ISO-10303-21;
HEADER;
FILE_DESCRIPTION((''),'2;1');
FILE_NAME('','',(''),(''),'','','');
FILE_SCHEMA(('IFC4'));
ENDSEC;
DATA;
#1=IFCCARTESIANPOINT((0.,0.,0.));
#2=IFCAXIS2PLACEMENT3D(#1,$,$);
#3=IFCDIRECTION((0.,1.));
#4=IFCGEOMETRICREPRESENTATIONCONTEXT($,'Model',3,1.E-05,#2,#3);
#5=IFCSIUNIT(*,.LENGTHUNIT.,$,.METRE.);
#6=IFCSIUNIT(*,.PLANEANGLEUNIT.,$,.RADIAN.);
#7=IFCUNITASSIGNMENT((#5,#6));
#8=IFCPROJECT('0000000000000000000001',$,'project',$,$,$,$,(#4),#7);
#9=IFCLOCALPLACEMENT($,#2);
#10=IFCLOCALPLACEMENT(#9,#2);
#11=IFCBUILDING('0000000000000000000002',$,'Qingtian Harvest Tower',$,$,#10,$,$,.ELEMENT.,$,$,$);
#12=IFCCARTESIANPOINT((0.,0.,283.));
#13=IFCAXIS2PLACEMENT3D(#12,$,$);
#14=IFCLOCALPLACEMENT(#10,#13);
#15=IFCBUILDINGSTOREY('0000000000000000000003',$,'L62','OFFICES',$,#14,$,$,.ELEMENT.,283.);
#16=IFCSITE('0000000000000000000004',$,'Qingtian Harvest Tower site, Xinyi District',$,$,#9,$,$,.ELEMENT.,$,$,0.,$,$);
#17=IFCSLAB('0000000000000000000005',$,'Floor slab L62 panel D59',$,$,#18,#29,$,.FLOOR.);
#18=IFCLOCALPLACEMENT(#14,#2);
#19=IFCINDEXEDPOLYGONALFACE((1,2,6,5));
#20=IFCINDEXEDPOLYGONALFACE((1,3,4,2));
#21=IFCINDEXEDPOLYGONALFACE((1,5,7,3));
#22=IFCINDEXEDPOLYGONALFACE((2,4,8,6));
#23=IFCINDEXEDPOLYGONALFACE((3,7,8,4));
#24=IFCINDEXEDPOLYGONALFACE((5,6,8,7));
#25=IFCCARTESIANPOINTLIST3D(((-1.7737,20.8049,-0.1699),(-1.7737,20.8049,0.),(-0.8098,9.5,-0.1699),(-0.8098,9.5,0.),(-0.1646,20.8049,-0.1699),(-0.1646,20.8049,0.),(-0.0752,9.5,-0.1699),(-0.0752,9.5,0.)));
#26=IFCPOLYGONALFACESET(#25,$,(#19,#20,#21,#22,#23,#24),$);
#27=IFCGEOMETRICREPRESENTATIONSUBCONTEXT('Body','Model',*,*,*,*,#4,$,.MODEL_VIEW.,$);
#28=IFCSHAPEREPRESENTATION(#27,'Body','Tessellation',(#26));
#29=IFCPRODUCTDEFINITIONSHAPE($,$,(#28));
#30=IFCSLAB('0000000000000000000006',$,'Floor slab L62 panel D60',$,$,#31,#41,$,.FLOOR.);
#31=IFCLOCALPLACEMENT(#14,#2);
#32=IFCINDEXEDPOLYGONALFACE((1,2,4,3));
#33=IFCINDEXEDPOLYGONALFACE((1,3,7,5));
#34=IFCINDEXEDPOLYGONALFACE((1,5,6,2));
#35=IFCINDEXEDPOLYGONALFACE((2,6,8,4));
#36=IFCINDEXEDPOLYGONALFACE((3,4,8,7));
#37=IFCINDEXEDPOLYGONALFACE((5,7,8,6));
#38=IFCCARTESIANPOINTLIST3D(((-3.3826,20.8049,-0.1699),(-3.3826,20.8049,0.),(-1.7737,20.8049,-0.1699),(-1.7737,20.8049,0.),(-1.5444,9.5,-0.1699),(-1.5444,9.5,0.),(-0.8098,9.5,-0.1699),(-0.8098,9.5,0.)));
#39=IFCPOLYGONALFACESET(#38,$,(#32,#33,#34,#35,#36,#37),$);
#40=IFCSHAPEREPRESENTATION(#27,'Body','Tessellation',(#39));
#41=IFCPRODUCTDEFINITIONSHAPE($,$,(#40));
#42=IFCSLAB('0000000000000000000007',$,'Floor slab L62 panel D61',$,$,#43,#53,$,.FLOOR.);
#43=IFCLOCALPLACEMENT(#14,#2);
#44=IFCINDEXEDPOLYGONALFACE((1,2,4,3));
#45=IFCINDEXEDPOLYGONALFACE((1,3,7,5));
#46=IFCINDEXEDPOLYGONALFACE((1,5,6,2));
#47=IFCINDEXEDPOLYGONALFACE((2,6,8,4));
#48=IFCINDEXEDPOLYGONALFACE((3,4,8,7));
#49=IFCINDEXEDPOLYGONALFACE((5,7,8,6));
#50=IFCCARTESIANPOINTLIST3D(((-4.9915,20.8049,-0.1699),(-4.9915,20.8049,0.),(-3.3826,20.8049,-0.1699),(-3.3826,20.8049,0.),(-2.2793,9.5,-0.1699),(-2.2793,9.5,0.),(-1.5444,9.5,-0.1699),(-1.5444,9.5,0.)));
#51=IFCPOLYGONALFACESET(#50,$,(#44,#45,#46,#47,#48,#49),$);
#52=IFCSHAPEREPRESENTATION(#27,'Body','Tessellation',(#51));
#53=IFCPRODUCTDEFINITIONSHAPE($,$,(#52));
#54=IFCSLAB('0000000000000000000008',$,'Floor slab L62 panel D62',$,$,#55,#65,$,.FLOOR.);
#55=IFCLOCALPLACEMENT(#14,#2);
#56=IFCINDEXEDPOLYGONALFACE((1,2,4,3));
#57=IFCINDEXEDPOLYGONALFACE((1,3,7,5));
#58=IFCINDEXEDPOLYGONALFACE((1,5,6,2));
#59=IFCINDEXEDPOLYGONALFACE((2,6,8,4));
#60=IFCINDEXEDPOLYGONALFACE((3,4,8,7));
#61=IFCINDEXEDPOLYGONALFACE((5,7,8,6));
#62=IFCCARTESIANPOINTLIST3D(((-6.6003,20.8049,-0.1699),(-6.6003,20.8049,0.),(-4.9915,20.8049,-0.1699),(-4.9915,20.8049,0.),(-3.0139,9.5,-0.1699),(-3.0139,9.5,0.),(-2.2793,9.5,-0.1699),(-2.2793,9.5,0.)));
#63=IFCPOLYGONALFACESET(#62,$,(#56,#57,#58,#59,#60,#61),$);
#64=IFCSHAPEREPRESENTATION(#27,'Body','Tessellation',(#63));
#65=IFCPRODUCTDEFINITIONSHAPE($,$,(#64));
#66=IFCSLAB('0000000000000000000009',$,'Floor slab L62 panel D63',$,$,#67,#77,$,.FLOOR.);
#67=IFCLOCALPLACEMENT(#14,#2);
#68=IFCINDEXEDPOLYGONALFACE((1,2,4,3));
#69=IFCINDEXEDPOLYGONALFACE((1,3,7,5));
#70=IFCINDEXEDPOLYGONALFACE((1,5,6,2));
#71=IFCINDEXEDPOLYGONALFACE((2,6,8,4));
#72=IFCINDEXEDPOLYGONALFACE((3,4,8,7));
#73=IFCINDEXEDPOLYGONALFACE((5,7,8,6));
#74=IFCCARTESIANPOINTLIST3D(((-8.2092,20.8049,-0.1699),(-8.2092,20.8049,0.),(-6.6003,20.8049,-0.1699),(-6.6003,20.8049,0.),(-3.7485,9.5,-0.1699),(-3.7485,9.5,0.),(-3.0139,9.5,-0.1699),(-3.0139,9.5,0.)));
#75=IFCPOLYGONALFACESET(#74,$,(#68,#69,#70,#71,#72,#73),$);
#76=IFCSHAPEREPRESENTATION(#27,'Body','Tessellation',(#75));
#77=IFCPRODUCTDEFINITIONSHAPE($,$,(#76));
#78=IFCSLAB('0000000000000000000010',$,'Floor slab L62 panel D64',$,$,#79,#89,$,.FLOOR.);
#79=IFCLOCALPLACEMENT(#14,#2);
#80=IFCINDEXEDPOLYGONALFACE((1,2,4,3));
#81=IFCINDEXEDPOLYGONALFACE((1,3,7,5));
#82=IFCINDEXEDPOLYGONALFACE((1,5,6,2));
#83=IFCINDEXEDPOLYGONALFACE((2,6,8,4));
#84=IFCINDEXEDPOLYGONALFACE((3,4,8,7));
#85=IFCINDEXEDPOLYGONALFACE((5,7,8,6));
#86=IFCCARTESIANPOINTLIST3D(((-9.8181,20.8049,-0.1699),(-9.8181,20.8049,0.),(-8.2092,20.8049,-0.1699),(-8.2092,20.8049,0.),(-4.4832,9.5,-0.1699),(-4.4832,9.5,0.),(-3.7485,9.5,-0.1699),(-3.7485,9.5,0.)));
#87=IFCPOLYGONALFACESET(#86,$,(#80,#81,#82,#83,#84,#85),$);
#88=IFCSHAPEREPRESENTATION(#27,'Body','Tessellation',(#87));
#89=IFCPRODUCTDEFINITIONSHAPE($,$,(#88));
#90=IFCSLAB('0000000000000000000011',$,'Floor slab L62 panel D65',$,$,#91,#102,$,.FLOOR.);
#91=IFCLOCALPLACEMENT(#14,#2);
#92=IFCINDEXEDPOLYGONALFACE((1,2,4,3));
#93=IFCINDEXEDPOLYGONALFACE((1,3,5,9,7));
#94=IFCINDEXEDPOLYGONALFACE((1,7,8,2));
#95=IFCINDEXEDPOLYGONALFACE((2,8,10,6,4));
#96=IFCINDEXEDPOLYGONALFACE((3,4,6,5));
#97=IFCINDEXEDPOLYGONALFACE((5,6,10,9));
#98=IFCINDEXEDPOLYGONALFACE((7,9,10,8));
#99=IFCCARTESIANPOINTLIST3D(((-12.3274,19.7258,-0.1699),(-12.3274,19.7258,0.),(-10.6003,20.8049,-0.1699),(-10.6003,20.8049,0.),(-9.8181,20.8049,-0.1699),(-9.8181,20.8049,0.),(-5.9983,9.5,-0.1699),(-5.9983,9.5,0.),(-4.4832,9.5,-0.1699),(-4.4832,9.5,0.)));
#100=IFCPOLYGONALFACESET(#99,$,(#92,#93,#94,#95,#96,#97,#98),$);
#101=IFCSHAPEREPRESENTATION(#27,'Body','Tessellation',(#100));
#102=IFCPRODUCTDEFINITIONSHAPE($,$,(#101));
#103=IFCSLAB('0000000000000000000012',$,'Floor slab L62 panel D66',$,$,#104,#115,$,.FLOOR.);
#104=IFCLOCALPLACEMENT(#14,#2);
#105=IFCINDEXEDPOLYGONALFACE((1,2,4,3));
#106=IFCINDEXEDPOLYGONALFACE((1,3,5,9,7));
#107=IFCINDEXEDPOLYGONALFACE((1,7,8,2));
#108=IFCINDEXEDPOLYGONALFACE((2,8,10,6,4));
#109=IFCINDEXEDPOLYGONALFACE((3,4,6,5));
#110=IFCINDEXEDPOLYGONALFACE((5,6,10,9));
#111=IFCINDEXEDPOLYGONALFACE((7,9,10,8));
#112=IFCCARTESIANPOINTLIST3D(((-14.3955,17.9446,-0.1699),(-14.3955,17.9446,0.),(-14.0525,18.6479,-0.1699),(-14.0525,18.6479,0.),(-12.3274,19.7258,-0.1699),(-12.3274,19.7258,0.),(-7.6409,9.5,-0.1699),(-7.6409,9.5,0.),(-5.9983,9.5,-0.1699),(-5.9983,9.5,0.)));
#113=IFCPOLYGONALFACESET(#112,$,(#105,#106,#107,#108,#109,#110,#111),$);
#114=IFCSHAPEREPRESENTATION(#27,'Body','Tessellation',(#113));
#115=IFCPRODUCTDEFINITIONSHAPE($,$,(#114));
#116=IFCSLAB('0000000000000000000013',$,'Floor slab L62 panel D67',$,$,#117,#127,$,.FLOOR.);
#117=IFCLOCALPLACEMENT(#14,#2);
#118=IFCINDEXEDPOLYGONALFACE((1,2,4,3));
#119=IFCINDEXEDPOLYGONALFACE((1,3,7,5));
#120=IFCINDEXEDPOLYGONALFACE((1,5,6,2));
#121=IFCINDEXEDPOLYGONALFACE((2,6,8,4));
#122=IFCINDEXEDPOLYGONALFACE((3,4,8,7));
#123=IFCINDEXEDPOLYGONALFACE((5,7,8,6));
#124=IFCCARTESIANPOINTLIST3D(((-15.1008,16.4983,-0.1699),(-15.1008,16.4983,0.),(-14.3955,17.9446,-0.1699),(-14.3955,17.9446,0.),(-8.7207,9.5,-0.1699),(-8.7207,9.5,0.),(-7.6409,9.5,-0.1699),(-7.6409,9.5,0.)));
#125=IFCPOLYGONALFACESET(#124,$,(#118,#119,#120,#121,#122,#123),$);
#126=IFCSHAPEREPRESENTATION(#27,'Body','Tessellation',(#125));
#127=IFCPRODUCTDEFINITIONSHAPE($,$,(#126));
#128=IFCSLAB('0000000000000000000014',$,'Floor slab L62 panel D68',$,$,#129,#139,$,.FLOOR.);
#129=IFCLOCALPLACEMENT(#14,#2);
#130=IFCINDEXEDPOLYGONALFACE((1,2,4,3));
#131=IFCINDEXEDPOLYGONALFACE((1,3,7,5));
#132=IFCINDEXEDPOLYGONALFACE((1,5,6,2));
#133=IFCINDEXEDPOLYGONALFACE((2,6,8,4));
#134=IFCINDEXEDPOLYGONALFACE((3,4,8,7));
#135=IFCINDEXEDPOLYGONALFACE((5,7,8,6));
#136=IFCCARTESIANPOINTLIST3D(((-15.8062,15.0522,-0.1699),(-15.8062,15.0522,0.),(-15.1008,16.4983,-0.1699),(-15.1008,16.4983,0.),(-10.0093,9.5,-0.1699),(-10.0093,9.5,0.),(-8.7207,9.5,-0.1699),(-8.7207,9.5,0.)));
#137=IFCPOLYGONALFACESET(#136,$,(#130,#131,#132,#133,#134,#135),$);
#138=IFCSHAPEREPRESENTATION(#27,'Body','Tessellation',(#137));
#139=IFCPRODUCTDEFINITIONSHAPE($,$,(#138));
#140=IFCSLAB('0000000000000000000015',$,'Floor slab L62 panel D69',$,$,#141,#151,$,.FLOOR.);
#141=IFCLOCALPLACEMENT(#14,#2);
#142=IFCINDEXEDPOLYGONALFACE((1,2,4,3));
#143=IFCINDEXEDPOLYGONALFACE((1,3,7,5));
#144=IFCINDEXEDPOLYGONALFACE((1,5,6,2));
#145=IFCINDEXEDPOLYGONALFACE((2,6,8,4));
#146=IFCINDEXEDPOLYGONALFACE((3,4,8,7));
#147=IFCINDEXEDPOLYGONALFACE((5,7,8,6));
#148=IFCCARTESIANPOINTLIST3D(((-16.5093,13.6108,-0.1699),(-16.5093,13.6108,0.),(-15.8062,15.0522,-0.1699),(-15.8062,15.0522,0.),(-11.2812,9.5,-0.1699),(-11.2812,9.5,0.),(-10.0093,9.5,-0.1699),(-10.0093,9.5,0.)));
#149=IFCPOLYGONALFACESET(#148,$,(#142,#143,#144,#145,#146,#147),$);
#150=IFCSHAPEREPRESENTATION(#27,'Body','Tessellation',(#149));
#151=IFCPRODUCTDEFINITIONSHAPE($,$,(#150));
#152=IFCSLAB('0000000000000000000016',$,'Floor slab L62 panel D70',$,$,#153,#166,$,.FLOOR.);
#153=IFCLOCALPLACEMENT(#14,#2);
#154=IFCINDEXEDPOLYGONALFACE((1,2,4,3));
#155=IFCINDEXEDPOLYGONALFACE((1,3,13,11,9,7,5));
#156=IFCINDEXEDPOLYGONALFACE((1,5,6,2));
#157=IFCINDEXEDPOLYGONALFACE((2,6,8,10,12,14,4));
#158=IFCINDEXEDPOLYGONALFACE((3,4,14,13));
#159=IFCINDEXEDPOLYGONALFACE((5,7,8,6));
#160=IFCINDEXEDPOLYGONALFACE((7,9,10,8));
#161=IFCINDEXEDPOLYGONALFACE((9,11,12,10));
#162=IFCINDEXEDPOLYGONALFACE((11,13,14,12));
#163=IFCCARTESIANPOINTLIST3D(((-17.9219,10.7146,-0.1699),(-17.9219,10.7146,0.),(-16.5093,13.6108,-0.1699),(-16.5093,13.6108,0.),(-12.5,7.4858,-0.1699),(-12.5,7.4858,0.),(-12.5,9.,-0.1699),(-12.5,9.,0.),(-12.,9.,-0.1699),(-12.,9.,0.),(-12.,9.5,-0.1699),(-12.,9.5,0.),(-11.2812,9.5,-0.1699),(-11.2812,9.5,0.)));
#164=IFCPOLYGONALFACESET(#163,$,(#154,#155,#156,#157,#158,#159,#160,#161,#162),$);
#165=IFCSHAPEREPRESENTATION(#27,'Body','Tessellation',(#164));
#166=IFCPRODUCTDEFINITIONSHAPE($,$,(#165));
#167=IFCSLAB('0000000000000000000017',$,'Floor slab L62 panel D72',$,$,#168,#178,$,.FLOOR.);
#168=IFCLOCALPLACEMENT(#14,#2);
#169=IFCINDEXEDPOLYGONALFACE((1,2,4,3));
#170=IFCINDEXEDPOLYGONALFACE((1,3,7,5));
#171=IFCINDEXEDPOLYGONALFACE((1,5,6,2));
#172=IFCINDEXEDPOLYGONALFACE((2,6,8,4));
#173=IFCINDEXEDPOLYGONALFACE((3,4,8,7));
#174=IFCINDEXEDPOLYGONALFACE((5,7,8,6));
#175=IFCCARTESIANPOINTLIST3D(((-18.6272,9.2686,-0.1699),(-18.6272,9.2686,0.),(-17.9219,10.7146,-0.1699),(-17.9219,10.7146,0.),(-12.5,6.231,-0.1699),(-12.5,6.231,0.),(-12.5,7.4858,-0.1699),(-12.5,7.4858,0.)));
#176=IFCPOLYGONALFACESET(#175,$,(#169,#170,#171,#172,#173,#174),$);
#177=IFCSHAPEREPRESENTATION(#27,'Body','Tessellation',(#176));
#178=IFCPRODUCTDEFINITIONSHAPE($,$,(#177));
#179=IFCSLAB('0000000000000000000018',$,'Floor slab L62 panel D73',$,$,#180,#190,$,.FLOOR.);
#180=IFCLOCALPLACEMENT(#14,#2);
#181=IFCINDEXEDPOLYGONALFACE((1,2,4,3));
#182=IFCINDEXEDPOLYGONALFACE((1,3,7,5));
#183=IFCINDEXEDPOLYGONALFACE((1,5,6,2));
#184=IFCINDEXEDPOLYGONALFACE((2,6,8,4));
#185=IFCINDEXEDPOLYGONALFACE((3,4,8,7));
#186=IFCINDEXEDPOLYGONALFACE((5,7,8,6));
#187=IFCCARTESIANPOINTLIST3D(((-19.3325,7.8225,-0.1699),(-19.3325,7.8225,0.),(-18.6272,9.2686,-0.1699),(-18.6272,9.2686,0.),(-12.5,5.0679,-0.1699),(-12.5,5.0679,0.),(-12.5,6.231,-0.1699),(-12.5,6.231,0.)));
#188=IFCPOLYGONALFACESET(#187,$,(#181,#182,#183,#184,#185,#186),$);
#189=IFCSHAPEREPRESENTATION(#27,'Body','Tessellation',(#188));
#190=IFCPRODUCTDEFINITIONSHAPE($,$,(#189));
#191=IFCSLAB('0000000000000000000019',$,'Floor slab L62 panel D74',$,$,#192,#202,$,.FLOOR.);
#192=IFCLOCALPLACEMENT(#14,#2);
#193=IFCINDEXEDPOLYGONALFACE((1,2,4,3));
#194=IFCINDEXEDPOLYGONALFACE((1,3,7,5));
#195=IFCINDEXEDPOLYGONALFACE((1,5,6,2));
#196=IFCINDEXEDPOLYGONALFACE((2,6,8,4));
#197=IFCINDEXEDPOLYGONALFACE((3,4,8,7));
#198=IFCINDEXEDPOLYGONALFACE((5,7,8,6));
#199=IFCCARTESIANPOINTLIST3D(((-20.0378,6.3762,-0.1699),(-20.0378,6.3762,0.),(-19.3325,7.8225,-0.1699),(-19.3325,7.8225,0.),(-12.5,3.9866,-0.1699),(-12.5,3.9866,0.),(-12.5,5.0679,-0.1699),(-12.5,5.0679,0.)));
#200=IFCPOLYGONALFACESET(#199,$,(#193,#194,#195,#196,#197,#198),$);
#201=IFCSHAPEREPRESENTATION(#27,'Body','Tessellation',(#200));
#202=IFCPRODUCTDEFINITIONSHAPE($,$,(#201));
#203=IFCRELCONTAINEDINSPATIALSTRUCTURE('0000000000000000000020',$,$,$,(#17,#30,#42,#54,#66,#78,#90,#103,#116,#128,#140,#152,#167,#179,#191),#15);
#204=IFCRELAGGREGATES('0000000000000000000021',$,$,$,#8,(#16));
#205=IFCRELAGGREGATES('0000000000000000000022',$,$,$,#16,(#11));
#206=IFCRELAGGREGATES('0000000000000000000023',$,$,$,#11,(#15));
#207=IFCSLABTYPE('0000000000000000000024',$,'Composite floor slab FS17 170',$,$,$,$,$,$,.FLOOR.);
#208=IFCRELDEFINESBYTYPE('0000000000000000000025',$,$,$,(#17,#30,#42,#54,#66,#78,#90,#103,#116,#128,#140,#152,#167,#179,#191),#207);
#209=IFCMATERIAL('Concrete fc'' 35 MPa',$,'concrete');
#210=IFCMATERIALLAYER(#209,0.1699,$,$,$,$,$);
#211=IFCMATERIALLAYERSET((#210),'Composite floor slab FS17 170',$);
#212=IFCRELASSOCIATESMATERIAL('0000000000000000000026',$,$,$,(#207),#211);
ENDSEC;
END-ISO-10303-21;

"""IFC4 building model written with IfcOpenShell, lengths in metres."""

from ifc_helpers import new_model, si_unit, direction, frame, origin, place, context, subcontext, project, spatial, polyline, outline, extrude, material, layer, layer_set, type_object, element, save


model = new_model("IFC4")

# Units and contexts
model_context = context("Model", 3, precision=1e-05, world=origin(), true_north=direction((0.0, 1.0)))
body_context = subcontext(model_context, "Body", "Model", "MODEL_VIEW")
ifc_project = project(units=[si_unit("LENGTHUNIT", "METRE"), si_unit("PLANEANGLEUNIT", "RADIAN")], contexts=[model_context])

# Site, building, storey
site_placement = place(None, origin())
site = spatial("IfcSite", under=ifc_project, at=site_placement, Name="Qingtian Harvest Tower site, Xinyi District", CompositionType="ELEMENT", RefElevation=0.0)
building_placement = place(site_placement, origin())
building = spatial("IfcBuilding", under=site, at=building_placement, Name="Qingtian Harvest Tower", CompositionType="ELEMENT")
storey_placement = place(building_placement, frame((0.0, 0.0, 283.0)))
storey = spatial("IfcBuildingStorey", under=building, at=storey_placement, Name="L62", Description="OFFICES", CompositionType="ELEMENT", Elevation=283.0)

# Slabs
ifc_material_1 = material(Name="Concrete fc' 35 MPa", Category="concrete")
ifc_layer_1 = layer(ifc_material_1, 0.1699)
ifc_layer_set_1 = layer_set([ifc_layer_1], Name="Composite floor slab FS17 170")
slab_type = type_object("IfcSlabType", Name="Composite floor slab FS17 170", PredefinedType="FLOOR", material=ifc_layer_set_1)
slab_1_placement = place(storey_placement, frame((0.0, 0.0, -0.1699)))
element("IfcSlab", 1, at=slab_1_placement, inside=storey, type_object=slab_type, Name="Floor slab L62 panel D59", PredefinedType="FLOOR", context=body_context, shape_type="SweptSolid", body=[
    extrude(outline(polyline([(-0.8098, 9.5), (-1.7737, 20.8049), (-0.1646, 20.8049), (-0.0752, 9.5), (-0.8098, 9.5)])), origin(), (0.0, 0.0, 1.0), 0.1699),
])
slab_2_placement = place(storey_placement, frame((0.0, 0.0, -0.1699)))
element("IfcSlab", 2, at=slab_2_placement, inside=storey, type_object=slab_type, Name="Floor slab L62 panel D60", PredefinedType="FLOOR", context=body_context, shape_type="SweptSolid", body=[
    extrude(outline(polyline([(-1.5444, 9.5), (-3.3826, 20.8049), (-1.7737, 20.8049), (-0.8098, 9.5), (-1.5444, 9.5)])), origin(), (0.0, 0.0, 1.0), 0.1699),
])
slab_3_placement = place(storey_placement, frame((0.0, 0.0, -0.1699)))
element("IfcSlab", 3, at=slab_3_placement, inside=storey, type_object=slab_type, Name="Floor slab L62 panel D61", PredefinedType="FLOOR", context=body_context, shape_type="SweptSolid", body=[
    extrude(outline(polyline([(-2.2793, 9.5), (-4.9915, 20.8049), (-3.3826, 20.8049), (-1.5444, 9.5), (-2.2793, 9.5)])), origin(), (0.0, 0.0, 1.0), 0.1699),
])
slab_4_placement = place(storey_placement, frame((0.0, 0.0, -0.1699)))
element("IfcSlab", 4, at=slab_4_placement, inside=storey, type_object=slab_type, Name="Floor slab L62 panel D62", PredefinedType="FLOOR", context=body_context, shape_type="SweptSolid", body=[
    extrude(outline(polyline([(-3.0139, 9.5), (-6.6003, 20.8049), (-4.9915, 20.8049), (-2.2793, 9.5), (-3.0139, 9.5)])), origin(), (0.0, 0.0, 1.0), 0.1699),
])
slab_5_placement = place(storey_placement, frame((0.0, 0.0, -0.1699)))
element("IfcSlab", 5, at=slab_5_placement, inside=storey, type_object=slab_type, Name="Floor slab L62 panel D63", PredefinedType="FLOOR", context=body_context, shape_type="SweptSolid", body=[
    extrude(outline(polyline([(-3.7485, 9.5), (-8.2092, 20.8049), (-6.6003, 20.8049), (-3.0139, 9.5), (-3.7485, 9.5)])), origin(), (0.0, 0.0, 1.0), 0.1699),
])
slab_6_placement = place(storey_placement, frame((0.0, 0.0, -0.1699)))
element("IfcSlab", 6, at=slab_6_placement, inside=storey, type_object=slab_type, Name="Floor slab L62 panel D64", PredefinedType="FLOOR", context=body_context, shape_type="SweptSolid", body=[
    extrude(outline(polyline([(-4.4832, 9.5), (-9.8181, 20.8049), (-8.2092, 20.8049), (-3.7485, 9.5), (-4.4832, 9.5)])), origin(), (0.0, 0.0, 1.0), 0.1699),
])
slab_7_placement = place(storey_placement, frame((0.0, 0.0, -0.1699)))
element("IfcSlab", 7, at=slab_7_placement, inside=storey, type_object=slab_type, Name="Floor slab L62 panel D65", PredefinedType="FLOOR", context=body_context, shape_type="SweptSolid", body=[
    extrude(outline(polyline([(-4.4832, 9.5), (-5.9983, 9.5), (-12.3274, 19.7258), (-10.6003, 20.8049), (-9.8181, 20.8049), (-4.4832, 9.5)])), origin(), (0.0, 0.0, 1.0), 0.1699),
])
slab_8_placement = place(storey_placement, frame((0.0, 0.0, -0.1699)))
element("IfcSlab", 8, at=slab_8_placement, inside=storey, type_object=slab_type, Name="Floor slab L62 panel D66", PredefinedType="FLOOR", context=body_context, shape_type="SweptSolid", body=[
    extrude(outline(polyline([(-5.9983, 9.5), (-7.6409, 9.5), (-14.3955, 17.9446), (-14.0525, 18.6479), (-12.3274, 19.7258), (-5.9983, 9.5)])), origin(), (0.0, 0.0, 1.0), 0.1699),
])
slab_9_placement = place(storey_placement, frame((0.0, 0.0, -0.1699)))
element("IfcSlab", 9, at=slab_9_placement, inside=storey, type_object=slab_type, Name="Floor slab L62 panel D67", PredefinedType="FLOOR", context=body_context, shape_type="SweptSolid", body=[
    extrude(outline(polyline([(-8.7207, 9.5), (-15.1008, 16.4983), (-14.3955, 17.9446), (-7.6409, 9.5), (-8.7207, 9.5)])), origin(), (0.0, 0.0, 1.0), 0.1699),
])
slab_10_placement = place(storey_placement, frame((0.0, 0.0, -0.1699)))
element("IfcSlab", 10, at=slab_10_placement, inside=storey, type_object=slab_type, Name="Floor slab L62 panel D68", PredefinedType="FLOOR", context=body_context, shape_type="SweptSolid", body=[
    extrude(outline(polyline([(-10.0093, 9.5), (-15.8062, 15.0522), (-15.1008, 16.4983), (-8.7207, 9.5), (-10.0093, 9.5)])), origin(), (0.0, 0.0, 1.0), 0.1699),
])
slab_11_placement = place(storey_placement, frame((0.0, 0.0, -0.1699)))
element("IfcSlab", 11, at=slab_11_placement, inside=storey, type_object=slab_type, Name="Floor slab L62 panel D69", PredefinedType="FLOOR", context=body_context, shape_type="SweptSolid", body=[
    extrude(outline(polyline([(-11.2812, 9.5), (-16.5093, 13.6108), (-15.8062, 15.0522), (-10.0093, 9.5), (-11.2812, 9.5)])), origin(), (0.0, 0.0, 1.0), 0.1699),
])
slab_12_placement = place(storey_placement, frame((0.0, 0.0, -0.1699)))
element("IfcSlab", 12, at=slab_12_placement, inside=storey, type_object=slab_type, Name="Floor slab L62 panel D70", PredefinedType="FLOOR", context=body_context, shape_type="SweptSolid", body=[
    extrude(outline(polyline([(-12.0, 9.0), (-12.5, 9.0), (-12.5, 7.4858), (-17.9219, 10.7146), (-16.5093, 13.6108), (-11.2812, 9.5), (-12.0, 9.5), (-12.0, 9.0)])), origin(), (0.0, 0.0, 1.0), 0.1699),
])
slab_13_placement = place(storey_placement, frame((0.0, 0.0, -0.1699)))
element("IfcSlab", 13, at=slab_13_placement, inside=storey, type_object=slab_type, Name="Floor slab L62 panel D72", PredefinedType="FLOOR", context=body_context, shape_type="SweptSolid", body=[
    extrude(outline(polyline([(-12.5, 6.231), (-18.6272, 9.2686), (-17.9219, 10.7146), (-12.5, 7.4858), (-12.5, 6.231)])), origin(), (0.0, 0.0, 1.0), 0.1699),
])
slab_14_placement = place(storey_placement, frame((0.0, 0.0, -0.1699)))
element("IfcSlab", 14, at=slab_14_placement, inside=storey, type_object=slab_type, Name="Floor slab L62 panel D73", PredefinedType="FLOOR", context=body_context, shape_type="SweptSolid", body=[
    extrude(outline(polyline([(-12.5, 5.0679), (-19.3325, 7.8225), (-18.6272, 9.2686), (-12.5, 6.231), (-12.5, 5.0679)])), origin(), (0.0, 0.0, 1.0), 0.1699),
])
slab_15_placement = place(storey_placement, frame((0.0, 0.0, -0.1699)))
element("IfcSlab", 15, at=slab_15_placement, inside=storey, type_object=slab_type, Name="Floor slab L62 panel D74", PredefinedType="FLOOR", context=body_context, shape_type="SweptSolid", body=[
    extrude(outline(polyline([(-12.5, 3.9866), (-20.0378, 6.3762), (-19.3325, 7.8225), (-12.5, 5.0679), (-12.5, 3.9866)])), origin(), (0.0, 0.0, 1.0), 0.1699),
])

save(model, "model.ifc")
